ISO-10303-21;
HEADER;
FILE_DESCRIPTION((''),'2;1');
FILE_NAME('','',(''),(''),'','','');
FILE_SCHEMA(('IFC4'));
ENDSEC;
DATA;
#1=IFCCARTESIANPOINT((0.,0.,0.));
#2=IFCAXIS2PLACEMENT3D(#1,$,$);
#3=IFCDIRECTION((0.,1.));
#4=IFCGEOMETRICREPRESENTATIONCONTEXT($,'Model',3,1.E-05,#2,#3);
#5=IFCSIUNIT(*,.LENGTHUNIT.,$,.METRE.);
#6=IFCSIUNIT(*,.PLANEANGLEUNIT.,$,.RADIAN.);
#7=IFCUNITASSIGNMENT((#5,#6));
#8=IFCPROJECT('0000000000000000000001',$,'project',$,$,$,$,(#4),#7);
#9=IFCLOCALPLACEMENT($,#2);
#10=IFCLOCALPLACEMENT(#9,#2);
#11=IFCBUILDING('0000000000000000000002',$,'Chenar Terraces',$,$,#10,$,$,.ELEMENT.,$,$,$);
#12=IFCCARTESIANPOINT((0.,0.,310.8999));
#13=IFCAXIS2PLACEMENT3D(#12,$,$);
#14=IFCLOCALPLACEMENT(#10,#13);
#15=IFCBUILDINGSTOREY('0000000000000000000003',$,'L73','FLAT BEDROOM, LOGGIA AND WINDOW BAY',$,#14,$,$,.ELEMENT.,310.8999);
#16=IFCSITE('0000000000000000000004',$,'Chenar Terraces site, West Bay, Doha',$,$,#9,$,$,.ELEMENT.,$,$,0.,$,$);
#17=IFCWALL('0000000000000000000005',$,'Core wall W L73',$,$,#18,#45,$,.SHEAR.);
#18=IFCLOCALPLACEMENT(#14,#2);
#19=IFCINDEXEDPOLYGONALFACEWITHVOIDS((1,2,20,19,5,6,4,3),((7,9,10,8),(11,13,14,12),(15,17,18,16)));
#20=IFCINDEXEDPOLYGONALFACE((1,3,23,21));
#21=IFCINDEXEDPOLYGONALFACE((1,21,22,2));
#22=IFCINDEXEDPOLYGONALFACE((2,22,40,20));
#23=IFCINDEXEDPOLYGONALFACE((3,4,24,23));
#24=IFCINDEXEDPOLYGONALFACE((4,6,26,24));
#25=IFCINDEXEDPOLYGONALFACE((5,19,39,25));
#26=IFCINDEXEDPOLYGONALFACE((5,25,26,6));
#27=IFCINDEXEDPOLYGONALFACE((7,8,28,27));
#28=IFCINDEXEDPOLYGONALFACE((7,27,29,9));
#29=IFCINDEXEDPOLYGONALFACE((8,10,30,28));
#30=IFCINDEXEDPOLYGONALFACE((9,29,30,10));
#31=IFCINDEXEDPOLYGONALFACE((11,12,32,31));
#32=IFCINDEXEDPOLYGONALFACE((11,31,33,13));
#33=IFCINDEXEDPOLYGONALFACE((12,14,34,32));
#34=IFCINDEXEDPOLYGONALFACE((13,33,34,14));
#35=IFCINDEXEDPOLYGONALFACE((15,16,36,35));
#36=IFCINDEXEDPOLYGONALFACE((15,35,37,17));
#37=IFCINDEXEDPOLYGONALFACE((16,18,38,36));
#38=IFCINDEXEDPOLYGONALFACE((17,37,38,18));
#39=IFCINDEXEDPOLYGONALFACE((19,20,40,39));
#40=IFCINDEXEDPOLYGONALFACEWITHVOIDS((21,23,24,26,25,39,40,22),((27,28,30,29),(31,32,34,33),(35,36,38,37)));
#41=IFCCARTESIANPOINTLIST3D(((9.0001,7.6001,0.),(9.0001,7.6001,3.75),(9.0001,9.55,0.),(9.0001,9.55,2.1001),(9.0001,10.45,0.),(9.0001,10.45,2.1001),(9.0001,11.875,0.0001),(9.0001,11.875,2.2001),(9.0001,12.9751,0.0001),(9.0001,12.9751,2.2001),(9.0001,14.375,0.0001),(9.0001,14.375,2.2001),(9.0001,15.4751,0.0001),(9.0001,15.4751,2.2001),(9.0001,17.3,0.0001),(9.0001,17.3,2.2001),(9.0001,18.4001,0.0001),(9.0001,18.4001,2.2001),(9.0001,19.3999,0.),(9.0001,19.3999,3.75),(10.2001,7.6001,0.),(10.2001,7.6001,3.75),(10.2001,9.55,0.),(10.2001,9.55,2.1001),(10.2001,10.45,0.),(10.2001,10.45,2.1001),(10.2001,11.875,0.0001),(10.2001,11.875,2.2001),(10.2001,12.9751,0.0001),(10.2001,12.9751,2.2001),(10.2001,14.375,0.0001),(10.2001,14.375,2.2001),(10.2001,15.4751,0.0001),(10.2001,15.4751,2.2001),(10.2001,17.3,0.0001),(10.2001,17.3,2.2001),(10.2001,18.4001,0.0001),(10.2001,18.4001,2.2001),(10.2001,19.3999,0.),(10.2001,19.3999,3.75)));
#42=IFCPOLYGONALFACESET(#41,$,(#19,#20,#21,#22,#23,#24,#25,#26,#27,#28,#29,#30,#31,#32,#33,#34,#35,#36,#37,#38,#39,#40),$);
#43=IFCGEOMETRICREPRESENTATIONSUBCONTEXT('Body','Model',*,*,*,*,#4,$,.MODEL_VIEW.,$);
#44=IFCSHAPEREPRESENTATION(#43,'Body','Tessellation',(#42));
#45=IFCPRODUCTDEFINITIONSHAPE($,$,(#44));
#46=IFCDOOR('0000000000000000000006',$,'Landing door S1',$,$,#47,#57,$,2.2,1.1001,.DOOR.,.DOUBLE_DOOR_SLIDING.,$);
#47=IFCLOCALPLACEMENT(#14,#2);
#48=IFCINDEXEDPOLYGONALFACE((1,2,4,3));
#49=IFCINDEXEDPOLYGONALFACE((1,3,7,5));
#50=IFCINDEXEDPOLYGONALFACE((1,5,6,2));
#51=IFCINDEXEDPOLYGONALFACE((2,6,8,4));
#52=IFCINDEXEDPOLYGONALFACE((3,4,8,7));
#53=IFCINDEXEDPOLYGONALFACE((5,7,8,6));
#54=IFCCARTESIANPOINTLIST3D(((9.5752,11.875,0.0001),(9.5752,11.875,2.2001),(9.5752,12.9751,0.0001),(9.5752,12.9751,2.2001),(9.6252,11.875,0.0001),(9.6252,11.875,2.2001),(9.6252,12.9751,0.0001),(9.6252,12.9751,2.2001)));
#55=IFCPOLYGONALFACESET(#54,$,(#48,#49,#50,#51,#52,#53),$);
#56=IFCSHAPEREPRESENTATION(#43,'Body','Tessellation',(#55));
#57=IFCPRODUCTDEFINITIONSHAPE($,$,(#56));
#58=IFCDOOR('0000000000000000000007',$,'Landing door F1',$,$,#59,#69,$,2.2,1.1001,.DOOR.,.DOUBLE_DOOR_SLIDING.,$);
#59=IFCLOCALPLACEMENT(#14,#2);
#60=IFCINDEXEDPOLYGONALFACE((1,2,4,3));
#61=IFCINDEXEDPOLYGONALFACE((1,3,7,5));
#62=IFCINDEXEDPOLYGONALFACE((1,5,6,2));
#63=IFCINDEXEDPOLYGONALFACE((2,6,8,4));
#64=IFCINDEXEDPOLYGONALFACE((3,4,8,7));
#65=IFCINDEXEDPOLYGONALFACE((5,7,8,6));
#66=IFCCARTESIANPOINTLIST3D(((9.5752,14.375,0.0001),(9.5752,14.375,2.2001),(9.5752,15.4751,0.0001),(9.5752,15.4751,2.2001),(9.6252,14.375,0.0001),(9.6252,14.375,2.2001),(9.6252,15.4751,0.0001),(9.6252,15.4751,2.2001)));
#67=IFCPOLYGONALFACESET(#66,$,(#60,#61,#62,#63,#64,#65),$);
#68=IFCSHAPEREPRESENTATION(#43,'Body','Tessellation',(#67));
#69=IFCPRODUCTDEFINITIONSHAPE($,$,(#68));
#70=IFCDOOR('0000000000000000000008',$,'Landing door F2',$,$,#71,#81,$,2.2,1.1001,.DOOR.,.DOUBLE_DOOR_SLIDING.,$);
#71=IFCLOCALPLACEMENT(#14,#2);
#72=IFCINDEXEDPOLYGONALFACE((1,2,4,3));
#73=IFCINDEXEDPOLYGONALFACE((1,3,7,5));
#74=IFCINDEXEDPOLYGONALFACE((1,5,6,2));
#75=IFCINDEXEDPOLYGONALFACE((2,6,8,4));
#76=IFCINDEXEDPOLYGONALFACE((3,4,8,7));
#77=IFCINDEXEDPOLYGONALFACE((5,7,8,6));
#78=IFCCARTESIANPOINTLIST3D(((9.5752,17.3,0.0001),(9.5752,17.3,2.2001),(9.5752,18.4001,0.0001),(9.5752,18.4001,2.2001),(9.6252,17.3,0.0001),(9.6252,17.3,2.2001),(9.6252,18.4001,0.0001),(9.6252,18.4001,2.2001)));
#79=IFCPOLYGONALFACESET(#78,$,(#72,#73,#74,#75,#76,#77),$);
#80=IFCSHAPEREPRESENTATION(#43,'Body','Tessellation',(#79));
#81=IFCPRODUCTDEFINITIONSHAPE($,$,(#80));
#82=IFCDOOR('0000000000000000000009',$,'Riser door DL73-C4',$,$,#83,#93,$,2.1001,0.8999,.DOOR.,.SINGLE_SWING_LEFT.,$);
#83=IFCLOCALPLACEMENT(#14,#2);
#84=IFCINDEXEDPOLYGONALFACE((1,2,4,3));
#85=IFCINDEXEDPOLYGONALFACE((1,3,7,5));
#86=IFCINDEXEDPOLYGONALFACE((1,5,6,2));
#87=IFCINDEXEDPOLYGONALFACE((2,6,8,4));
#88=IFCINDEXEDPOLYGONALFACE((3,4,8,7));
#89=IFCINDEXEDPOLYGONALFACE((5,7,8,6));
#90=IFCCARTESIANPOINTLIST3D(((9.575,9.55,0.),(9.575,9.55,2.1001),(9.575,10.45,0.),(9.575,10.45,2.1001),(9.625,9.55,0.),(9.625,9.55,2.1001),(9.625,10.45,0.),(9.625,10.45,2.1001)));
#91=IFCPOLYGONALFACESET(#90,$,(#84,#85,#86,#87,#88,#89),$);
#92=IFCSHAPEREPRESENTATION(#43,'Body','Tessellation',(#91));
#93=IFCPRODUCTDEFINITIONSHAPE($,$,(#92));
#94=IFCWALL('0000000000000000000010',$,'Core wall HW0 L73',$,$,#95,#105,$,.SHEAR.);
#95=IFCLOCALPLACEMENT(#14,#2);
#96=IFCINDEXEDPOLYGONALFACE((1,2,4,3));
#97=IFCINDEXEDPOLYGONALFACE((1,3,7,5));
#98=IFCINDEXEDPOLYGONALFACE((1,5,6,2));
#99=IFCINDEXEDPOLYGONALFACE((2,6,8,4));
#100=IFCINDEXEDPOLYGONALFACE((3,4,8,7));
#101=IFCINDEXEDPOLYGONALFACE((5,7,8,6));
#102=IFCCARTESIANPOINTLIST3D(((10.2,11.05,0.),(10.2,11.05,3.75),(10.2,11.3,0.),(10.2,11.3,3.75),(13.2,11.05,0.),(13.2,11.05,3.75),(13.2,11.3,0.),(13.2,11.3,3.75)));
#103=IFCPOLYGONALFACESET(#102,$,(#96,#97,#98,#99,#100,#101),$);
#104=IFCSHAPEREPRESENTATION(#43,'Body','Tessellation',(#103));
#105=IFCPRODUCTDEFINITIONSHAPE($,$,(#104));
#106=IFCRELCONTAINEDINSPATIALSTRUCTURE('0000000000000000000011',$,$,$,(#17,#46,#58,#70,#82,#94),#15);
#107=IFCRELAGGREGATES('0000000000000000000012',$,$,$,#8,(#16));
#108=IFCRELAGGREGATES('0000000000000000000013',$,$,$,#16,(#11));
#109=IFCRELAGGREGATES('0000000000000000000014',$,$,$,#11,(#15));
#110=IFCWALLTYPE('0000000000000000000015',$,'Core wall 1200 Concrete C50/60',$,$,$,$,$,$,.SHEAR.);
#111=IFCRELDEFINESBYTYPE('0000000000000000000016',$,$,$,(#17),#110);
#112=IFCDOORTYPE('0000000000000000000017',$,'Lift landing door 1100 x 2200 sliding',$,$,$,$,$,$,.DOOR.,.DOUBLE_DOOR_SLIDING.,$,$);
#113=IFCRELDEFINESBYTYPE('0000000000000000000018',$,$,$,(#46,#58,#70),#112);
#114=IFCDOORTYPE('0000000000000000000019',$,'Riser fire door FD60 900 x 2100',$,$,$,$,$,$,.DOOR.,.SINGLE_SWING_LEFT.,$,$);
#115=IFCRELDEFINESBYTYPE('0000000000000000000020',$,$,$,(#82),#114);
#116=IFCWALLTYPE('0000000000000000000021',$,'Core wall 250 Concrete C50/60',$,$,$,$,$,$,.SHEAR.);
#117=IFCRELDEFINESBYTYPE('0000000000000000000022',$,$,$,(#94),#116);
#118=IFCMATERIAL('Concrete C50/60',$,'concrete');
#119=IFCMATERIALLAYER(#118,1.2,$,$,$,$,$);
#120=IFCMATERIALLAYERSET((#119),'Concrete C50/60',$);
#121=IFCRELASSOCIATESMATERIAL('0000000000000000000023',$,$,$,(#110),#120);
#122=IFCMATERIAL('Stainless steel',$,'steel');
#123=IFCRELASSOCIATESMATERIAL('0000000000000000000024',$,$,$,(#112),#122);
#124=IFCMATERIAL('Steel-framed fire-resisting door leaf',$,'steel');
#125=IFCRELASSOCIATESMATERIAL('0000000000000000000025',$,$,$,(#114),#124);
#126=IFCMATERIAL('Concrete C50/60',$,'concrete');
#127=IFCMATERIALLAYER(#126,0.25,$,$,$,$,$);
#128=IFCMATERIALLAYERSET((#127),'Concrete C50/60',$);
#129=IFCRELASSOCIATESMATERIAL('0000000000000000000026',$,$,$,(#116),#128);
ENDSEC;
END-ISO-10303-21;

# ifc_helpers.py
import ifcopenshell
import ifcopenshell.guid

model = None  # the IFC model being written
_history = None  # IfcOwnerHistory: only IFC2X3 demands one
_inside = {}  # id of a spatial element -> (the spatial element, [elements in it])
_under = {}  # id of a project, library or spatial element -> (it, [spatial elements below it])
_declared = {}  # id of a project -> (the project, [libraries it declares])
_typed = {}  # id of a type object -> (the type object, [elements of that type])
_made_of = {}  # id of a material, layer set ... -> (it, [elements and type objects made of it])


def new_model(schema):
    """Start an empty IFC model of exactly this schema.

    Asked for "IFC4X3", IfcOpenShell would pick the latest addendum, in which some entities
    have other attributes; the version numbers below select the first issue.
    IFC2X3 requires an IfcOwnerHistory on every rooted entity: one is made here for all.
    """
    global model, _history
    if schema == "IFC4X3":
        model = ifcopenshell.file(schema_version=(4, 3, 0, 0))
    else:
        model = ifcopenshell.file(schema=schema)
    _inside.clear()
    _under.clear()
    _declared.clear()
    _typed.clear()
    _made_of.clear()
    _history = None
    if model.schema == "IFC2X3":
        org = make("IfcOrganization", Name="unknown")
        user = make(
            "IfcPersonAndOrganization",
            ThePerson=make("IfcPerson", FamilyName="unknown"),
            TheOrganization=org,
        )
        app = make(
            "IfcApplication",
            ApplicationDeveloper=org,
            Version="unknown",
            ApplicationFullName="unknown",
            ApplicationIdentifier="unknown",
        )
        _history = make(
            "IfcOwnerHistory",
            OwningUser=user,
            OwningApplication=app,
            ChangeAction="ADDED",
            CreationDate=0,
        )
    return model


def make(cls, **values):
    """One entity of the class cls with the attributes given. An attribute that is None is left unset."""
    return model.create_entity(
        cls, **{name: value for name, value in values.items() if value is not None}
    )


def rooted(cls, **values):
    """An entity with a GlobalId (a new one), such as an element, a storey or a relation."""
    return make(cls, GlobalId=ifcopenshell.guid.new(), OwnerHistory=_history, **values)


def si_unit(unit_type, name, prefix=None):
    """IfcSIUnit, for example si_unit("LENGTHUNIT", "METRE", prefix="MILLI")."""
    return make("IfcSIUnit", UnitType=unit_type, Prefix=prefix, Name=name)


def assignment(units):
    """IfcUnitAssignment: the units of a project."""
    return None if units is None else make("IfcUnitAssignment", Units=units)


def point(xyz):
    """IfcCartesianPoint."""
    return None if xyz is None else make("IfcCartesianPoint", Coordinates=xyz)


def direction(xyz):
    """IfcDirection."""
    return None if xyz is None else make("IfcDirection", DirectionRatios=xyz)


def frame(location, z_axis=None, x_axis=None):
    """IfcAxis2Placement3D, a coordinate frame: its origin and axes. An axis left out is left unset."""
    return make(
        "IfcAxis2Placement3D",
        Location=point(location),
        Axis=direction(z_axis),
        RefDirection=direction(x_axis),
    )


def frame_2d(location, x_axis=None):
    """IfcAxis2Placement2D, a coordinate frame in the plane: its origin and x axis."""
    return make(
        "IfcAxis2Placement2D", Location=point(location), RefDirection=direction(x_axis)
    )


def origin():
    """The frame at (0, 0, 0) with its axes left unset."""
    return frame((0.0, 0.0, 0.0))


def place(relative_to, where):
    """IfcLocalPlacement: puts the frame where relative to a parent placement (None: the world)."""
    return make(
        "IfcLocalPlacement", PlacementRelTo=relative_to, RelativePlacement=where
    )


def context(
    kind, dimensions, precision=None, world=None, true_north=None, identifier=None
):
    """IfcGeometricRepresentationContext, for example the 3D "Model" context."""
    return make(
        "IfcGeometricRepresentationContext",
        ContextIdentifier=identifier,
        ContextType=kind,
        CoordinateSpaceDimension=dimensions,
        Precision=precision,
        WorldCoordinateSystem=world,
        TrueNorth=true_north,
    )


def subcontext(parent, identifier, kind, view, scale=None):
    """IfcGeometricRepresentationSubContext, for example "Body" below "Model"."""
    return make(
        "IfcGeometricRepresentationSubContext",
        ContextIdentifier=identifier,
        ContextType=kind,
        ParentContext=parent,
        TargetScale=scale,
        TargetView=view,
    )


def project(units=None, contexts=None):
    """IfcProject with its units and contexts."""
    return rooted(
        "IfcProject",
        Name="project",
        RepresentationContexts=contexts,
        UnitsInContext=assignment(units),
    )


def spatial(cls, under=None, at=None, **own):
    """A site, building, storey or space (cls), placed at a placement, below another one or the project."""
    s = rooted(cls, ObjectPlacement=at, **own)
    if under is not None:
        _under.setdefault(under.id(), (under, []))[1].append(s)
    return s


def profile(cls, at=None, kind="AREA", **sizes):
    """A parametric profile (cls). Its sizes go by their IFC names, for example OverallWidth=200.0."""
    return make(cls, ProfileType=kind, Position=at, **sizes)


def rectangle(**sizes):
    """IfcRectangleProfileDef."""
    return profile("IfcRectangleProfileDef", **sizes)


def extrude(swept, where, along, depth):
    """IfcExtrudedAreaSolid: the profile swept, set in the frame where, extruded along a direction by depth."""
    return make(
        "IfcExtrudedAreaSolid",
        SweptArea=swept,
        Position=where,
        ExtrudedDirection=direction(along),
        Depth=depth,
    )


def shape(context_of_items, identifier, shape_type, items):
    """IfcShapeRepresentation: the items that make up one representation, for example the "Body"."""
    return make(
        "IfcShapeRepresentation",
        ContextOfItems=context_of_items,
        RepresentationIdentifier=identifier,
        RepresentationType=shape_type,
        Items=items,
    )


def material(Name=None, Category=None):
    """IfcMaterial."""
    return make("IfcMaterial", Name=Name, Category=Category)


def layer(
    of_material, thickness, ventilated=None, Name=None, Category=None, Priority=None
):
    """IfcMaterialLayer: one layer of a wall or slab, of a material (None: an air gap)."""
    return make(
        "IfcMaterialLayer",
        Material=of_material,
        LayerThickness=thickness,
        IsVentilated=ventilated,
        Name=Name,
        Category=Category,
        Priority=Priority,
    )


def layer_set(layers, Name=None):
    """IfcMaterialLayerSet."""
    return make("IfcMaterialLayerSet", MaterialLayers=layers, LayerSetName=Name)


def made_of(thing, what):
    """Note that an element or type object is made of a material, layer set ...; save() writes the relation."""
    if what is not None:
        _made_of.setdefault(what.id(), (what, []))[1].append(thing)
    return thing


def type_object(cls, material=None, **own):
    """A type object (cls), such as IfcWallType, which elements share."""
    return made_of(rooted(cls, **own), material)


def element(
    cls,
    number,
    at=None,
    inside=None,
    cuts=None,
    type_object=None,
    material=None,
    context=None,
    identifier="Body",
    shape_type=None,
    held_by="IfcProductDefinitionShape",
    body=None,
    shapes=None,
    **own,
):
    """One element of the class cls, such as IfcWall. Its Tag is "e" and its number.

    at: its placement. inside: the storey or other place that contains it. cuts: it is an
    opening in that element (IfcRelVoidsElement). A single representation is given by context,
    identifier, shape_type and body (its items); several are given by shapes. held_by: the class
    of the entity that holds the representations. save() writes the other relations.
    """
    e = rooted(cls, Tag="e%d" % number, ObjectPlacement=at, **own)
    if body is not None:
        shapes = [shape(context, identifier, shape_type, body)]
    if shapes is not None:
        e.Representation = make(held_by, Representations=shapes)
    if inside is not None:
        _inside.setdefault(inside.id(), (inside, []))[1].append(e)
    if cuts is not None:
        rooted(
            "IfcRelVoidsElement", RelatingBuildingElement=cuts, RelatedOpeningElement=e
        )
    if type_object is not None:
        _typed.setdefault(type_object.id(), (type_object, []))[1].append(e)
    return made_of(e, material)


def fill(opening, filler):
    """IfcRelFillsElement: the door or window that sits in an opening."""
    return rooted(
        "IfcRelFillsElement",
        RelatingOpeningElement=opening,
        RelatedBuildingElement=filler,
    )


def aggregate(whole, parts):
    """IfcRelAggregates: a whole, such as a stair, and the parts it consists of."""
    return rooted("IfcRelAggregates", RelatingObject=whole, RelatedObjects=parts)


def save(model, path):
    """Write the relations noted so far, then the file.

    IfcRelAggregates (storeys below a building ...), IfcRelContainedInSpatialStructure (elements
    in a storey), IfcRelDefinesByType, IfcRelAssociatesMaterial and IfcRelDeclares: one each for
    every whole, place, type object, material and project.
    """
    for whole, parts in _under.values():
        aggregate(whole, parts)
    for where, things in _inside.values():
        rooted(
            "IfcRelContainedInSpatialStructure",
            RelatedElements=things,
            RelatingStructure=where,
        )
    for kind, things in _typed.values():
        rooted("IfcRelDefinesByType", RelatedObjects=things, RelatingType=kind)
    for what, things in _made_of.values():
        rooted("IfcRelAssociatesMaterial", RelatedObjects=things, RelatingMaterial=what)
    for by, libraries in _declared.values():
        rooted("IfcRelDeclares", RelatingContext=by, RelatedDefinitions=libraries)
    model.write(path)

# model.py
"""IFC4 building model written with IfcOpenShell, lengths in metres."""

from ifc_helpers import new_model, si_unit, direction, frame, frame_2d, origin, place, context, subcontext, project, spatial, rectangle, extrude, material, layer, layer_set, type_object, element, fill, save


model = new_model("IFC4")

# Units and contexts
model_context = context("Model", 3, precision=1e-05, world=origin(), true_north=direction((0.0, 1.0)))
body_context = subcontext(model_context, "Body", "Model", "MODEL_VIEW")
ifc_project = project(units=[si_unit("LENGTHUNIT", "METRE"), si_unit("PLANEANGLEUNIT", "RADIAN")], contexts=[model_context])

# Site, building, storey
site_placement = place(None, origin())
site = spatial("IfcSite", under=ifc_project, at=site_placement, Name="Chenar Terraces site, West Bay, Doha", CompositionType="ELEMENT", RefElevation=0.0)
building_placement = place(site_placement, origin())
building = spatial("IfcBuilding", under=site, at=building_placement, Name="Chenar Terraces", CompositionType="ELEMENT")
storey_placement = place(building_placement, frame((0.0, 0.0, 310.8999)))
storey = spatial("IfcBuildingStorey", under=building, at=storey_placement, Name="L73", Description="FLAT BEDROOM, LOGGIA AND WINDOW BAY", CompositionType="ELEMENT", Elevation=310.8999)

# Wall, openings, doors
ifc_material_1 = material(Name="Concrete C50/60", Category="concrete")
ifc_layer_1 = layer(ifc_material_1, 1.2)
ifc_layer_set_1 = layer_set([ifc_layer_1], Name="Concrete C50/60")
wall_type_1 = type_object("IfcWallType", Name="Core wall 1200 Concrete C50/60", PredefinedType="SHEAR", material=ifc_layer_set_1)
wall_1_placement = place(storey_placement, frame((9.6001, 7.6001, 0.0), z_axis=(0.0, 0.0, 1.0), x_axis=(0.0, 1.0, 0.0)))
wall_1 = element("IfcWall", 1, at=wall_1_placement, inside=storey, type_object=wall_type_1, Name="Core wall W L73", PredefinedType="SHEAR", context=body_context, shape_type="SweptSolid", body=[
    extrude(rectangle(XDim=11.7998, YDim=1.2, at=frame_2d((5.8999, 0.0))), origin(), (0.0, 0.0, 1.0), 3.75),
])
opening_1_placement = place(wall_1_placement, frame((4.2749, 0.0, 0.0)))
opening_1 = element("IfcOpeningElement", 2, at=opening_1_placement, cuts=wall_1, PredefinedType="OPENING", context=body_context, shape_type="SweptSolid", body=[
    extrude(rectangle(XDim=1.1001, YDim=2.2, at=frame_2d((0.55, 1.1001))), frame((0.0, 0.6099, 0.0), z_axis=(0.0, -1.0, 0.0), x_axis=(1.0, 0.0, 0.0)), (0.0, 0.0, 1.0), 1.22),
])
opening_2_placement = place(wall_1_placement, frame((6.7749, 0.0, 0.0)))
opening_2 = element("IfcOpeningElement", 3, at=opening_2_placement, cuts=wall_1, PredefinedType="OPENING", context=body_context, shape_type="SweptSolid", body=[
    extrude(rectangle(XDim=1.1001, YDim=2.2, at=frame_2d((0.55, 1.1001))), frame((0.0, 0.6099, 0.0), z_axis=(0.0, -1.0, 0.0), x_axis=(1.0, 0.0, 0.0)), (0.0, 0.0, 1.0), 1.22),
])
opening_3_placement = place(wall_1_placement, frame((9.7, 0.0, 0.0)))
opening_3 = element("IfcOpeningElement", 4, at=opening_3_placement, cuts=wall_1, PredefinedType="OPENING", context=body_context, shape_type="SweptSolid", body=[
    extrude(rectangle(XDim=1.1001, YDim=2.2, at=frame_2d((0.55, 1.1001))), frame((0.0, 0.6099, 0.0), z_axis=(0.0, -1.0, 0.0), x_axis=(1.0, 0.0, 0.0)), (0.0, 0.0, 1.0), 1.22),
])
opening_4_placement = place(wall_1_placement, frame((1.95, 0.0, 0.0)))
opening_4 = element("IfcOpeningElement", 5, at=opening_4_placement, cuts=wall_1, PredefinedType="OPENING", context=body_context, shape_type="SweptSolid", body=[
    extrude(rectangle(XDim=0.8999, YDim=2.1001, at=frame_2d((0.45, 1.05))), frame((0.0, 0.6099, 0.0), z_axis=(0.0, -1.0, 0.0), x_axis=(1.0, 0.0, 0.0)), (0.0, 0.0, 1.0), 1.22),
])
ifc_material_2 = material(Name="Stainless steel", Category="steel")
door_type_1 = type_object("IfcDoorType", Name="Lift landing door 1100 x 2200 sliding", OperationType="DOUBLE_DOOR_SLIDING", PredefinedType="DOOR", material=ifc_material_2)
door_1_placement = place(opening_1_placement, origin())
door_1 = element("IfcDoor", 6, at=door_1_placement, inside=storey, type_object=door_type_1, Name="Landing door S1", OperationType="DOUBLE_DOOR_SLIDING", OverallHeight=2.2, OverallWidth=1.1001, PredefinedType="DOOR", context=body_context, shape_type="SweptSolid", body=[
    extrude(rectangle(XDim=1.1001, YDim=2.2, at=frame_2d((0.55, 1.1001))), frame((0.0, 0.0249, 0.0), z_axis=(0.0, -1.0, 0.0), x_axis=(1.0, 0.0, 0.0)), (0.0, 0.0, 1.0), 0.05),
])
fill(opening_1, door_1)
door_2_placement = place(opening_2_placement, origin())
door_2 = element("IfcDoor", 7, at=door_2_placement, inside=storey, type_object=door_type_1, Name="Landing door F1", OperationType="DOUBLE_DOOR_SLIDING", OverallHeight=2.2, OverallWidth=1.1001, PredefinedType="DOOR", context=body_context, shape_type="SweptSolid", body=[
    extrude(rectangle(XDim=1.1001, YDim=2.2, at=frame_2d((0.55, 1.1001))), frame((0.0, 0.0249, 0.0), z_axis=(0.0, -1.0, 0.0), x_axis=(1.0, 0.0, 0.0)), (0.0, 0.0, 1.0), 0.05),
])
fill(opening_2, door_2)
door_3_placement = place(opening_3_placement, origin())
door_3 = element("IfcDoor", 8, at=door_3_placement, inside=storey, type_object=door_type_1, Name="Landing door F2", OperationType="DOUBLE_DOOR_SLIDING", OverallHeight=2.2, OverallWidth=1.1001, PredefinedType="DOOR", context=body_context, shape_type="SweptSolid", body=[
    extrude(rectangle(XDim=1.1001, YDim=2.2, at=frame_2d((0.55, 1.1001))), frame((0.0, 0.0249, 0.0), z_axis=(0.0, -1.0, 0.0), x_axis=(1.0, 0.0, 0.0)), (0.0, 0.0, 1.0), 0.05),
])
fill(opening_3, door_3)
ifc_material_3 = material(Name="Steel-framed fire-resisting door leaf", Category="steel")
door_type_2 = type_object("IfcDoorType", Name="Riser fire door FD60 900 x 2100", OperationType="SINGLE_SWING_LEFT", PredefinedType="DOOR", material=ifc_material_3)
door_4_placement = place(opening_4_placement, frame((0.8999, 0.0, 0.0), z_axis=(0.0, 0.0, 1.0), x_axis=(-1.0, 0.0, 0.0)))
door_4 = element("IfcDoor", 9, at=door_4_placement, inside=storey, type_object=door_type_2, Name="Riser door DL73-C4", OperationType="SINGLE_SWING_LEFT", OverallHeight=2.1001, OverallWidth=0.8999, PredefinedType="DOOR", context=body_context, shape_type="SweptSolid", body=[
    extrude(rectangle(XDim=0.8999, YDim=2.1001, at=frame_2d((0.45, 1.05))), frame((0.0, 0.0249, 0.0), z_axis=(0.0, -1.0, 0.0), x_axis=(1.0, 0.0, 0.0)), (0.0, 0.0, 1.0), 0.05),
])
fill(opening_4, door_4)

# Wall
ifc_material_4 = material(Name="Concrete C50/60", Category="concrete")
ifc_layer_2 = layer(ifc_material_4, 0.25)
ifc_layer_set_2 = layer_set([ifc_layer_2], Name="Concrete C50/60")
wall_type_2 = type_object("IfcWallType", Name="Core wall 250 Concrete C50/60", PredefinedType="SHEAR", material=ifc_layer_set_2)
wall_2_placement = place(storey_placement, frame((10.2, 11.175, 0.0), z_axis=(0.0, 0.0, 1.0), x_axis=(1.0, 0.0, 0.0)))
element("IfcWall", 10, at=wall_2_placement, inside=storey, type_object=wall_type_2, Name="Core wall HW0 L73", PredefinedType="SHEAR", context=body_context, shape_type="SweptSolid", body=[
    extrude(rectangle(XDim=3.0, YDim=0.25, at=frame_2d((1.5, 0.0))), origin(), (0.0, 0.0, 1.0), 3.75),
])

save(model, "model.ifc")
